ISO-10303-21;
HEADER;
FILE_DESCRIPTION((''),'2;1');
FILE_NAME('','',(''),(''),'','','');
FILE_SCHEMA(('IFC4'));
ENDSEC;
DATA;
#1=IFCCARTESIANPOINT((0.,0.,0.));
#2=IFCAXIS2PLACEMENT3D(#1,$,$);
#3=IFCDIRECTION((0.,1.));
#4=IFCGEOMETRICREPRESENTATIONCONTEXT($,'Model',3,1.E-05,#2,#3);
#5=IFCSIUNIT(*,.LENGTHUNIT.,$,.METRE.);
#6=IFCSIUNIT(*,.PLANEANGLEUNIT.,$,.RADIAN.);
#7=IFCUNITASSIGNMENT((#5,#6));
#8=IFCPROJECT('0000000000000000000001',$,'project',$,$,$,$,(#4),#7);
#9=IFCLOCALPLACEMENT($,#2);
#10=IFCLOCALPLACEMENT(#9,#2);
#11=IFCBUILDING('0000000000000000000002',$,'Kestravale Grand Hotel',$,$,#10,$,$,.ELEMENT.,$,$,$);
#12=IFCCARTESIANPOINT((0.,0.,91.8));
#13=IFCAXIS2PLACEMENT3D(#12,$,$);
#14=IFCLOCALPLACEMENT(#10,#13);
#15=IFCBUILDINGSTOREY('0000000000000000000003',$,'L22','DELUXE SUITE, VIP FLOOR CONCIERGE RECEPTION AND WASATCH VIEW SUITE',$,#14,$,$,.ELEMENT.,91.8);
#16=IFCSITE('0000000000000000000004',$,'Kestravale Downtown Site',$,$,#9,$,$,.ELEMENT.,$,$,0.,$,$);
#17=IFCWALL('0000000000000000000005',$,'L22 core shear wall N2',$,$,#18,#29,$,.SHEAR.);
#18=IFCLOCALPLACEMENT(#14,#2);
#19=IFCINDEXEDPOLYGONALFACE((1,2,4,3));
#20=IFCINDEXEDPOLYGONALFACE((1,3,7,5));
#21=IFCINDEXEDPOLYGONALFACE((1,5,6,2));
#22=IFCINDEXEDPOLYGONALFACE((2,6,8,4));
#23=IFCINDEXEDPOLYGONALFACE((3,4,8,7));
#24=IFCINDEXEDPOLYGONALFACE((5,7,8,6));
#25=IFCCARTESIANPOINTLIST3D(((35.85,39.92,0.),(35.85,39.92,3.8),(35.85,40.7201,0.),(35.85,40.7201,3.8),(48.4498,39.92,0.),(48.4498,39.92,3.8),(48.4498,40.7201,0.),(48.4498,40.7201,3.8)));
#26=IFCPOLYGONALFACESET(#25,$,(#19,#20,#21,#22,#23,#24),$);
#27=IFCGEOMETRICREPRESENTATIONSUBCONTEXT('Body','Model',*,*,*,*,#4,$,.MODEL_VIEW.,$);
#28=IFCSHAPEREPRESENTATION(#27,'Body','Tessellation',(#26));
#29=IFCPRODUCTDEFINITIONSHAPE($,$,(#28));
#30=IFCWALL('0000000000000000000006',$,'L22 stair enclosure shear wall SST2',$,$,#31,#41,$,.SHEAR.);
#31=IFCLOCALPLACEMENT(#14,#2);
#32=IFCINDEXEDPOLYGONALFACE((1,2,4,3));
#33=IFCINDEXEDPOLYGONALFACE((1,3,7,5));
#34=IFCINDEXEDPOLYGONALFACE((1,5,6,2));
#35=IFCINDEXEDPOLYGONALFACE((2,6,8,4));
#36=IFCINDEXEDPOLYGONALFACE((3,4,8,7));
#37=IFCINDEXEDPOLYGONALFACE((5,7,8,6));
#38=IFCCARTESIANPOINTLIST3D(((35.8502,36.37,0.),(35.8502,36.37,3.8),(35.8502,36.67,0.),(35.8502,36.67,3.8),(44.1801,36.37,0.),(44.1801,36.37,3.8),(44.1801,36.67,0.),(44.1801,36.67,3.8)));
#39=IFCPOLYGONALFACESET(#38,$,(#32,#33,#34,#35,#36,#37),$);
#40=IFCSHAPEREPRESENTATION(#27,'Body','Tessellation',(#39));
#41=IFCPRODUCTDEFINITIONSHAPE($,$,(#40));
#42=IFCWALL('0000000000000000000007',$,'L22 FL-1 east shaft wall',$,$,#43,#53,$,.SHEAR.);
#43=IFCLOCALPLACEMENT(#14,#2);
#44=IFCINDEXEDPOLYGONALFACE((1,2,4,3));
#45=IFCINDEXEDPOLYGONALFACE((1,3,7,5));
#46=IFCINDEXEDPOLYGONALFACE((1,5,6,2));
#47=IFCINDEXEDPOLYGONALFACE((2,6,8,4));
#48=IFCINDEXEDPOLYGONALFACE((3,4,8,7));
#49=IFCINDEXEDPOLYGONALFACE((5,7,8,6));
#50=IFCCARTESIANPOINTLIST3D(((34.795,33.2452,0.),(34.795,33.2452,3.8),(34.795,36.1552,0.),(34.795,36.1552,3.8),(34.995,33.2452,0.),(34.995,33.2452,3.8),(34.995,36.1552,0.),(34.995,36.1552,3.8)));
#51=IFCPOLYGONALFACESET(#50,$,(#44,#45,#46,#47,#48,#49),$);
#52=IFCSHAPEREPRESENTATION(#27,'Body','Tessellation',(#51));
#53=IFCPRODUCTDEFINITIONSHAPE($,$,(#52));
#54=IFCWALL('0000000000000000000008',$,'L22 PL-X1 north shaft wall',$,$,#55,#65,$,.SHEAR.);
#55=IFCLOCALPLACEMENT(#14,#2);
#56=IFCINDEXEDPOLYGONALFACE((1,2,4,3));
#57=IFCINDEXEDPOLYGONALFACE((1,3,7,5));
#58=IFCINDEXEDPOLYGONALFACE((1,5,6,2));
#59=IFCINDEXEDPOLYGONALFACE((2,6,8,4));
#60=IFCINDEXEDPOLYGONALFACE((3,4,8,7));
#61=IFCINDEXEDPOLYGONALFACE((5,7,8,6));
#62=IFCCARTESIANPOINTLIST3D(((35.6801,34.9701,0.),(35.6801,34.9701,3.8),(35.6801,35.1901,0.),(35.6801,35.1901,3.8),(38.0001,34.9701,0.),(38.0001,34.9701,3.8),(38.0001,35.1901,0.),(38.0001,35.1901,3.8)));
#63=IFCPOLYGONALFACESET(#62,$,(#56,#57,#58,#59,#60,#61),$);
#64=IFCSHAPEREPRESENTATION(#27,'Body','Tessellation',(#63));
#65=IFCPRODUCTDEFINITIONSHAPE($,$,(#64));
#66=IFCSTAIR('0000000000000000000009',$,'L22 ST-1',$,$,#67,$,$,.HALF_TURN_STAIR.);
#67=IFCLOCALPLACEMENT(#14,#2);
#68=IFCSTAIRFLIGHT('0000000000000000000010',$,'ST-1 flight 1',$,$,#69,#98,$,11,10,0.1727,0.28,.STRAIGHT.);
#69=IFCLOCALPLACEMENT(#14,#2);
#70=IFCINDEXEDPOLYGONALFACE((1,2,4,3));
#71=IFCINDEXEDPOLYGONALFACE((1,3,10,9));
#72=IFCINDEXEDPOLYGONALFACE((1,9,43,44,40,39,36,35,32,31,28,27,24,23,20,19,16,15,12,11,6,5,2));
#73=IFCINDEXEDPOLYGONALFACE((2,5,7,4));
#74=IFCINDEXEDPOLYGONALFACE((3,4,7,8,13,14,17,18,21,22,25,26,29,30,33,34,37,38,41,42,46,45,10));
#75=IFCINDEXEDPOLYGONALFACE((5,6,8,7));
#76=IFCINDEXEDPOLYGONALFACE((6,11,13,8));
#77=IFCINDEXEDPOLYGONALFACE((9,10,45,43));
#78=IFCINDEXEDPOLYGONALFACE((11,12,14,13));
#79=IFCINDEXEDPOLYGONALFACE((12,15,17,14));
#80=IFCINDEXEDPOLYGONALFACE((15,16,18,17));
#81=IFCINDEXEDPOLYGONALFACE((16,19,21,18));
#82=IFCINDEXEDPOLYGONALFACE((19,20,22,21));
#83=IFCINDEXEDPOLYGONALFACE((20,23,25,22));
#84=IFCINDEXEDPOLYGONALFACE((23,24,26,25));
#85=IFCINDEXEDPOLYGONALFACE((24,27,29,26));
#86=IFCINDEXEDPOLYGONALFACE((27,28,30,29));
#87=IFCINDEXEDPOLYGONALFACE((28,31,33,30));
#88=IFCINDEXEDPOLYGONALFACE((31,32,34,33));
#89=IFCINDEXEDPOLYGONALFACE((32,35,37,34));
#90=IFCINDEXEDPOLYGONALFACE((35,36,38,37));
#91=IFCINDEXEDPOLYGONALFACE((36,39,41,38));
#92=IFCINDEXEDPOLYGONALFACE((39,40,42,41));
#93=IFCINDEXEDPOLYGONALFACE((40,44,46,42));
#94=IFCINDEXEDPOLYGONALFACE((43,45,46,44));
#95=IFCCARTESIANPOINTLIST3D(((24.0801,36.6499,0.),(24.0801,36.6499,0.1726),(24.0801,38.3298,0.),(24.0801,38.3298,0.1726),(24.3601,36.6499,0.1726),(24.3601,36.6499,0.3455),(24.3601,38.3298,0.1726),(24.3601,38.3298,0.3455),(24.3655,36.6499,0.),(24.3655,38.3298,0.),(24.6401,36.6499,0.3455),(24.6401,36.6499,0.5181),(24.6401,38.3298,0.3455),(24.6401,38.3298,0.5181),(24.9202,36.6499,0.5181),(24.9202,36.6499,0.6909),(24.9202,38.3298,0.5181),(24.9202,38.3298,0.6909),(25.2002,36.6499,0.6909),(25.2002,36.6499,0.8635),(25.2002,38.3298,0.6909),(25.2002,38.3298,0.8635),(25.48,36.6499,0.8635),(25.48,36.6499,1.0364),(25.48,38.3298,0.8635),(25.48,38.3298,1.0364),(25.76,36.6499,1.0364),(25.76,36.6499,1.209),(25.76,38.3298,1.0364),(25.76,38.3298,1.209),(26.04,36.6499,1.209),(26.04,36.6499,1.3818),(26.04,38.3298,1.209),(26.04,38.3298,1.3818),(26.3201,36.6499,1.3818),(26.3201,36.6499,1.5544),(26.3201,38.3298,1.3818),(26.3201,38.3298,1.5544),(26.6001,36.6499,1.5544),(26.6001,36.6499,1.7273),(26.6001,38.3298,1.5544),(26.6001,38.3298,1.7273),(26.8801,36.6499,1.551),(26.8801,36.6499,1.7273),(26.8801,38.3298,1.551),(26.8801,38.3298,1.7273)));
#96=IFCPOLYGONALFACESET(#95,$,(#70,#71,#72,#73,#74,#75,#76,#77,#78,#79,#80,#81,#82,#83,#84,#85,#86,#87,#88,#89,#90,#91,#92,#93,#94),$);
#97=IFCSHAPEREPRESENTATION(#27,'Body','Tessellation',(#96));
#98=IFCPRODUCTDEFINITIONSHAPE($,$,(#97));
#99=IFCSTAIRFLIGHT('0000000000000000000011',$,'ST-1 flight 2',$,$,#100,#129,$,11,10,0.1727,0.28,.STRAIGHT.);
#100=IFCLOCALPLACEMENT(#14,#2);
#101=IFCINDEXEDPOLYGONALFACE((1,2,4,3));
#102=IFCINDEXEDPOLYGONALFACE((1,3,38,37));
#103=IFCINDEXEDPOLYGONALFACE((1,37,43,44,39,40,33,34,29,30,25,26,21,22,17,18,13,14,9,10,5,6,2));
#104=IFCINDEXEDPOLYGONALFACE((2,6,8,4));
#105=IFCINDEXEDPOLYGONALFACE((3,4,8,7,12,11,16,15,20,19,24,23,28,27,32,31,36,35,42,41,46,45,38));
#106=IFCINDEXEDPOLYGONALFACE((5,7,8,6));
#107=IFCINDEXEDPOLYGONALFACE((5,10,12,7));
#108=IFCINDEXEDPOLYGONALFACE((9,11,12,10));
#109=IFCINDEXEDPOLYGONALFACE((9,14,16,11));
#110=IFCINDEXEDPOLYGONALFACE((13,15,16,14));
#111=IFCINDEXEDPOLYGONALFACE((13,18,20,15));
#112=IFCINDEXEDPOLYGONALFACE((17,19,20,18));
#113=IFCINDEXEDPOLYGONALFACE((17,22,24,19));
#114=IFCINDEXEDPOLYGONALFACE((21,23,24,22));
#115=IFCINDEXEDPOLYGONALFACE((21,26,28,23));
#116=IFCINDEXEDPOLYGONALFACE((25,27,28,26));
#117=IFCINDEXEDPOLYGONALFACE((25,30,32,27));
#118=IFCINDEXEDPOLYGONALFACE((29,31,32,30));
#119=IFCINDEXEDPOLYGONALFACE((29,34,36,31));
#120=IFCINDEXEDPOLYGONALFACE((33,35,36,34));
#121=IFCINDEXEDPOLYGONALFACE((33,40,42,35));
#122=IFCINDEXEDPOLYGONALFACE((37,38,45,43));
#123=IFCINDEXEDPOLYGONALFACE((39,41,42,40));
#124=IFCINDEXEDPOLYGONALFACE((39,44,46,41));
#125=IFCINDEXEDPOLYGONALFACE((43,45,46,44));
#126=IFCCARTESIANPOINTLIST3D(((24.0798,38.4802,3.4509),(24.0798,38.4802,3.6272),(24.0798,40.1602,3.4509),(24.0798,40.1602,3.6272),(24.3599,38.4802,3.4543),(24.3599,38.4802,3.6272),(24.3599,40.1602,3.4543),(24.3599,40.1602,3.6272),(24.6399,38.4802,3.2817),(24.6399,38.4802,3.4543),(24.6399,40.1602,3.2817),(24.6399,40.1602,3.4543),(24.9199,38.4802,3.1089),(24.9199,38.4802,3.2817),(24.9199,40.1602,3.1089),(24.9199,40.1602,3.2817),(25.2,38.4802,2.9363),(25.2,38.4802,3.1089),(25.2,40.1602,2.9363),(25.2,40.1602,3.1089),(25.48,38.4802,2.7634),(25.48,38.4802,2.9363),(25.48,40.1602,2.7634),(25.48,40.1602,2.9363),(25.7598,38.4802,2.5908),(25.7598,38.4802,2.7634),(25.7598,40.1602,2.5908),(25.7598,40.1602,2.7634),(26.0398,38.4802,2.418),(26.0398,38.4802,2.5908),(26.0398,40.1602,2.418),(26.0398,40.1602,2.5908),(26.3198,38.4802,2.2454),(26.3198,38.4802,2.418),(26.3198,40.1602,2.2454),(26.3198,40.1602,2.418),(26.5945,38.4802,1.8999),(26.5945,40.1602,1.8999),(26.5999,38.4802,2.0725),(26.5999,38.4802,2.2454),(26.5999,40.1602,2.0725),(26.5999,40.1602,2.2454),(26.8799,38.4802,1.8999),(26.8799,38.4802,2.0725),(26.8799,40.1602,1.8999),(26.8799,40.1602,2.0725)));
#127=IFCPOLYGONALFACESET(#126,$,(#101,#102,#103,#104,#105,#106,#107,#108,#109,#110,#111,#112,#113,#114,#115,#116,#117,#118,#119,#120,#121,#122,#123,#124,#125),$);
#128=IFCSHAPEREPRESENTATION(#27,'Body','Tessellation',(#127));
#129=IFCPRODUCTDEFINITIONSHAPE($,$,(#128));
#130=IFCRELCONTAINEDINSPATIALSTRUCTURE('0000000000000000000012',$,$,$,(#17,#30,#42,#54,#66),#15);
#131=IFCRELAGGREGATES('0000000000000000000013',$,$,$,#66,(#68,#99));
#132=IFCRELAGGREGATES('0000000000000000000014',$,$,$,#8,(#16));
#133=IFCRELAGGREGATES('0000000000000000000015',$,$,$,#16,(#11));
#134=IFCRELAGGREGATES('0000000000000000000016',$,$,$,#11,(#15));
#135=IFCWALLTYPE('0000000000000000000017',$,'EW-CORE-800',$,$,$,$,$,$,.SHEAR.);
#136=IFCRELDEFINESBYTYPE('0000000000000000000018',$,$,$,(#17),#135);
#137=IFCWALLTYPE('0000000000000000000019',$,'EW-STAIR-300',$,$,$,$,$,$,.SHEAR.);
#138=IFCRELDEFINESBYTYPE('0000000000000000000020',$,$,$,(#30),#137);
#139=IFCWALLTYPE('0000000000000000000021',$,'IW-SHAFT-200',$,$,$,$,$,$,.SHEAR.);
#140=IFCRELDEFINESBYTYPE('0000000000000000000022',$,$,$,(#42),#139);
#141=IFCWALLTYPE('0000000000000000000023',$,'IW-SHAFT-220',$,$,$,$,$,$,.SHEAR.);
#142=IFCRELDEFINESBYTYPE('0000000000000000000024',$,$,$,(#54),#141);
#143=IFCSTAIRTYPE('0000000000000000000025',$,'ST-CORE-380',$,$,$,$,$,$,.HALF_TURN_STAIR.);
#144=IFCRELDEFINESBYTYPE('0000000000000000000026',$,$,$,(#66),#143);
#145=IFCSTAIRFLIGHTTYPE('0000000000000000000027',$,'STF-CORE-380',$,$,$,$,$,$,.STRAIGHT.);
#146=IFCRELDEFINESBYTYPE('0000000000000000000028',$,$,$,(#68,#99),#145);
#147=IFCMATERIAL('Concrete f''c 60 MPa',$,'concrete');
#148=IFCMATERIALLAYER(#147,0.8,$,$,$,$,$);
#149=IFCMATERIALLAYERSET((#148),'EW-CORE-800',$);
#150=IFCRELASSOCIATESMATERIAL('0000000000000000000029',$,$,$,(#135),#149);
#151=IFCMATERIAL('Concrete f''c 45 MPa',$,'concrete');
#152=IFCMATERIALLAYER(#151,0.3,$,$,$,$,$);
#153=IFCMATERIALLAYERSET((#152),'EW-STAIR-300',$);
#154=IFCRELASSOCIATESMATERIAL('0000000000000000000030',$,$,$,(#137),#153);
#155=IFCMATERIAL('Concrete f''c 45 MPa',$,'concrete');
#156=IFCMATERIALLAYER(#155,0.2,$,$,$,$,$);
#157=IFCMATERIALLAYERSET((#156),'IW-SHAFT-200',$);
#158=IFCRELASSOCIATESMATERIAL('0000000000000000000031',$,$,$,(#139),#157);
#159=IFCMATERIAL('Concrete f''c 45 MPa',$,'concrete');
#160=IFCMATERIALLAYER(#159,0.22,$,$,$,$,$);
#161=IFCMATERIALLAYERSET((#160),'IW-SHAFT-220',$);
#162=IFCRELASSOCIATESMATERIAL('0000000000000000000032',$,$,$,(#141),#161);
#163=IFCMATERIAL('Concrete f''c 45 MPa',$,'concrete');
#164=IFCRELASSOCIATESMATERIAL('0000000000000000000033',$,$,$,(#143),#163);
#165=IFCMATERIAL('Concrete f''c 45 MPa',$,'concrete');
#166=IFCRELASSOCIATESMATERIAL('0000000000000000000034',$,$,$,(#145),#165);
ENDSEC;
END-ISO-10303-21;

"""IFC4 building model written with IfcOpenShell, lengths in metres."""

from ifc_helpers import new_model, si_unit, direction, frame, frame_2d, origin, place, context, subcontext, project, spatial, polyline, rectangle, outline, extrude, material, layer, layer_set, type_object, element, aggregate, save


model = new_model("IFC4")

# Units and contexts
model_context = context("Model", 3, precision=1e-05, world=origin(), true_north=direction((0.0, 1.0)))
body_context = subcontext(model_context, "Body", "Model", "MODEL_VIEW")
ifc_project = project(units=[si_unit("LENGTHUNIT", "METRE"), si_unit("PLANEANGLEUNIT", "RADIAN")], contexts=[model_context])

# Site, building, storey
site_placement = place(None, origin())
site = spatial("IfcSite", under=ifc_project, at=site_placement, Name="Kestravale Downtown Site", CompositionType="ELEMENT", RefElevation=0.0)
building_placement = place(site_placement, origin())
building = spatial("IfcBuilding", under=site, at=building_placement, Name="Kestravale Grand Hotel", CompositionType="ELEMENT")
storey_placement = place(building_placement, frame((0.0, 0.0, 91.8)))
storey = spatial("IfcBuildingStorey", under=building, at=storey_placement, Name="L22", Description="DELUXE SUITE, VIP FLOOR CONCIERGE RECEPTION AND WASATCH VIEW SUITE", CompositionType="ELEMENT", Elevation=91.8)

# Wall
ifc_material_1 = material(Name="Concrete f'c 60 MPa", Category="concrete")
ifc_layer_1 = layer(ifc_material_1, 0.8)
ifc_layer_set_1 = layer_set([ifc_layer_1], Name="EW-CORE-800")
wall_type_1 = type_object("IfcWallType", Name="EW-CORE-800", PredefinedType="SHEAR", material=ifc_layer_set_1)
wall_1_placement = place(storey_placement, frame((35.8501, 40.3201, 0.0), z_axis=(0.0, 0.0, 1.0), x_axis=(1.0, 0.0, 0.0)))
element("IfcWall", 1, at=wall_1_placement, inside=storey, type_object=wall_type_1, Name="L22 core shear wall N2", PredefinedType="SHEAR", context=body_context, shape_type="SweptSolid", body=[
    extrude(rectangle(XDim=12.5999, YDim=0.8, at=frame_2d((6.2998, 0.0))), origin(), (0.0, 0.0, 1.0), 3.8),
])

# Wall
ifc_material_2 = material(Name="Concrete f'c 45 MPa", Category="concrete")
ifc_layer_2 = layer(ifc_material_2, 0.3)
ifc_layer_set_2 = layer_set([ifc_layer_2], Name="EW-STAIR-300")
wall_type_2 = type_object("IfcWallType", Name="EW-STAIR-300", PredefinedType="SHEAR", material=ifc_layer_set_2)
wall_2_placement = place(storey_placement, frame((35.8501, 36.52, 0.0), z_axis=(0.0, 0.0, 1.0), x_axis=(1.0, 0.0, 0.0)))
element("IfcWall", 2, at=wall_2_placement, inside=storey, type_object=wall_type_2, Name="L22 stair enclosure shear wall SST2", PredefinedType="SHEAR", context=body_context, shape_type="SweptSolid", body=[
    extrude(rectangle(XDim=8.3298, YDim=0.3, at=frame_2d((4.165, 0.0))), origin(), (0.0, 0.0, 1.0), 3.8),
])

# Walls
ifc_material_3 = material(Name="Concrete f'c 45 MPa", Category="concrete")
ifc_layer_3 = layer(ifc_material_3, 0.2)
ifc_layer_set_3 = layer_set([ifc_layer_3], Name="IW-SHAFT-200")
wall_type_3 = type_object("IfcWallType", Name="IW-SHAFT-200", PredefinedType="SHEAR", material=ifc_layer_set_3)
wall_3_placement = place(storey_placement, frame((34.895, 33.2451, 0.0), z_axis=(0.0, 0.0, 1.0), x_axis=(0.0, 1.0, 0.0)))
element("IfcWall", 3, at=wall_3_placement, inside=storey, type_object=wall_type_3, Name="L22 FL-1 east shaft wall", PredefinedType="SHEAR", context=body_context, shape_type="SweptSolid", body=[
    extrude(rectangle(XDim=2.9099, YDim=0.2, at=frame_2d((1.4551, 0.0))), origin(), (0.0, 0.0, 1.0), 3.8),
])
ifc_material_4 = material(Name="Concrete f'c 45 MPa", Category="concrete")
ifc_layer_4 = layer(ifc_material_4, 0.22)
ifc_layer_set_4 = layer_set([ifc_layer_4], Name="IW-SHAFT-220")
wall_type_4 = type_object("IfcWallType", Name="IW-SHAFT-220", PredefinedType="SHEAR", material=ifc_layer_set_4)
wall_4_placement = place(storey_placement, frame((35.6799, 35.0801, 0.0), z_axis=(0.0, 0.0, 1.0), x_axis=(1.0, 0.0, 0.0)))
element("IfcWall", 4, at=wall_4_placement, inside=storey, type_object=wall_type_4, Name="L22 PL-X1 north shaft wall", PredefinedType="SHEAR", context=body_context, shape_type="SweptSolid", body=[
    extrude(rectangle(XDim=2.3201, YDim=0.22, at=frame_2d((1.1602, 0.0))), origin(), (0.0, 0.0, 1.0), 3.8),
])

# Stair, stair flights
ifc_material_5 = material(Name="Concrete f'c 45 MPa", Category="concrete")
stair_type = type_object("IfcStairType", Name="ST-CORE-380", PredefinedType="HALF_TURN_STAIR", material=ifc_material_5)
stair_placement = place(storey_placement, origin())
stair = element("IfcStair", 5, at=stair_placement, inside=storey, type_object=stair_type, Name="L22 ST-1", PredefinedType="HALF_TURN_STAIR")
ifc_material_6 = material(Name="Concrete f'c 45 MPa", Category="concrete")
stair_flight_type = type_object("IfcStairFlightType", Name="STF-CORE-380", PredefinedType="STRAIGHT", material=ifc_material_6)
stair_flight_1_placement = place(storey_placement, frame((24.0801, 37.49, 0.0), z_axis=(0.0, 0.0, 1.0), x_axis=(1.0, 0.0, 0.0)))
stair_flight_1 = element("IfcStairFlight", 6, at=stair_flight_1_placement, type_object=stair_flight_type, Name="ST-1 flight 1", NumberOfRisers=11, NumberOfTreads=10, PredefinedType="STRAIGHT", RiserHeight=0.1727, TreadLength=0.28, context=body_context, shape_type="SweptSolid", body=[
    extrude(outline(polyline([(0.0, 0.0), (0.0, 0.1726), (0.28, 0.1726), (0.28, 0.3455), (0.5601, 0.3455), (0.5601, 0.5181), (0.8401, 0.5181), (0.8401, 0.6909), (1.1201, 0.6909), (1.1201, 0.8635), (1.3999, 0.8635), (1.3999, 1.0364), (1.6799, 1.0364), (1.6799, 1.209), (1.96, 1.209), (1.96, 1.3818), (2.24, 1.3818), (2.24, 1.5544), (2.52, 1.5544), (2.52, 1.7273), (2.8, 1.7273), (2.8, 1.8999), (2.8, 1.551), (0.2854, 0.0), (0.0, 0.0)])), frame((0.0, 0.8398, 0.0), z_axis=(0.0, -1.0, 0.0), x_axis=(1.0, 0.0, 0.0)), (0.0, 0.0, 1.0), 1.6799),
])
stair_flight_2_placement = place(storey_placement, frame((26.8799, 39.3201, 1.8999), z_axis=(0.0, 0.0, 1.0), x_axis=(-1.0, 0.0, 0.0)))
stair_flight_2 = element("IfcStairFlight", 7, at=stair_flight_2_placement, type_object=stair_flight_type, Name="ST-1 flight 2", NumberOfRisers=11, NumberOfTreads=10, PredefinedType="STRAIGHT", RiserHeight=0.1727, TreadLength=0.28, context=body_context, shape_type="SweptSolid", body=[
    extrude(outline(polyline([(0.0, 0.0), (0.0, 0.1726), (0.28, 0.1726), (0.28, 0.3455), (0.5601, 0.3455), (0.5601, 0.5181), (0.8401, 0.5181), (0.8401, 0.6909), (1.1201, 0.6909), (1.1201, 0.8635), (1.3999, 0.8635), (1.3999, 1.0364), (1.6799, 1.0364), (1.6799, 1.209), (1.96, 1.209), (1.96, 1.3818), (2.24, 1.3818), (2.24, 1.5544), (2.52, 1.5544), (2.52, 1.7273), (2.8, 1.7273), (2.8, 1.8999), (2.8, 1.551), (0.2854, 0.0), (0.0, 0.0)])), frame((0.0, 0.8398, 0.0), z_axis=(0.0, -1.0, 0.0), x_axis=(1.0, 0.0, 0.0)), (0.0, 0.0, 1.0), 1.6799),
])
aggregate(stair, [stair_flight_1, stair_flight_2])

save(model, "model.ifc")
